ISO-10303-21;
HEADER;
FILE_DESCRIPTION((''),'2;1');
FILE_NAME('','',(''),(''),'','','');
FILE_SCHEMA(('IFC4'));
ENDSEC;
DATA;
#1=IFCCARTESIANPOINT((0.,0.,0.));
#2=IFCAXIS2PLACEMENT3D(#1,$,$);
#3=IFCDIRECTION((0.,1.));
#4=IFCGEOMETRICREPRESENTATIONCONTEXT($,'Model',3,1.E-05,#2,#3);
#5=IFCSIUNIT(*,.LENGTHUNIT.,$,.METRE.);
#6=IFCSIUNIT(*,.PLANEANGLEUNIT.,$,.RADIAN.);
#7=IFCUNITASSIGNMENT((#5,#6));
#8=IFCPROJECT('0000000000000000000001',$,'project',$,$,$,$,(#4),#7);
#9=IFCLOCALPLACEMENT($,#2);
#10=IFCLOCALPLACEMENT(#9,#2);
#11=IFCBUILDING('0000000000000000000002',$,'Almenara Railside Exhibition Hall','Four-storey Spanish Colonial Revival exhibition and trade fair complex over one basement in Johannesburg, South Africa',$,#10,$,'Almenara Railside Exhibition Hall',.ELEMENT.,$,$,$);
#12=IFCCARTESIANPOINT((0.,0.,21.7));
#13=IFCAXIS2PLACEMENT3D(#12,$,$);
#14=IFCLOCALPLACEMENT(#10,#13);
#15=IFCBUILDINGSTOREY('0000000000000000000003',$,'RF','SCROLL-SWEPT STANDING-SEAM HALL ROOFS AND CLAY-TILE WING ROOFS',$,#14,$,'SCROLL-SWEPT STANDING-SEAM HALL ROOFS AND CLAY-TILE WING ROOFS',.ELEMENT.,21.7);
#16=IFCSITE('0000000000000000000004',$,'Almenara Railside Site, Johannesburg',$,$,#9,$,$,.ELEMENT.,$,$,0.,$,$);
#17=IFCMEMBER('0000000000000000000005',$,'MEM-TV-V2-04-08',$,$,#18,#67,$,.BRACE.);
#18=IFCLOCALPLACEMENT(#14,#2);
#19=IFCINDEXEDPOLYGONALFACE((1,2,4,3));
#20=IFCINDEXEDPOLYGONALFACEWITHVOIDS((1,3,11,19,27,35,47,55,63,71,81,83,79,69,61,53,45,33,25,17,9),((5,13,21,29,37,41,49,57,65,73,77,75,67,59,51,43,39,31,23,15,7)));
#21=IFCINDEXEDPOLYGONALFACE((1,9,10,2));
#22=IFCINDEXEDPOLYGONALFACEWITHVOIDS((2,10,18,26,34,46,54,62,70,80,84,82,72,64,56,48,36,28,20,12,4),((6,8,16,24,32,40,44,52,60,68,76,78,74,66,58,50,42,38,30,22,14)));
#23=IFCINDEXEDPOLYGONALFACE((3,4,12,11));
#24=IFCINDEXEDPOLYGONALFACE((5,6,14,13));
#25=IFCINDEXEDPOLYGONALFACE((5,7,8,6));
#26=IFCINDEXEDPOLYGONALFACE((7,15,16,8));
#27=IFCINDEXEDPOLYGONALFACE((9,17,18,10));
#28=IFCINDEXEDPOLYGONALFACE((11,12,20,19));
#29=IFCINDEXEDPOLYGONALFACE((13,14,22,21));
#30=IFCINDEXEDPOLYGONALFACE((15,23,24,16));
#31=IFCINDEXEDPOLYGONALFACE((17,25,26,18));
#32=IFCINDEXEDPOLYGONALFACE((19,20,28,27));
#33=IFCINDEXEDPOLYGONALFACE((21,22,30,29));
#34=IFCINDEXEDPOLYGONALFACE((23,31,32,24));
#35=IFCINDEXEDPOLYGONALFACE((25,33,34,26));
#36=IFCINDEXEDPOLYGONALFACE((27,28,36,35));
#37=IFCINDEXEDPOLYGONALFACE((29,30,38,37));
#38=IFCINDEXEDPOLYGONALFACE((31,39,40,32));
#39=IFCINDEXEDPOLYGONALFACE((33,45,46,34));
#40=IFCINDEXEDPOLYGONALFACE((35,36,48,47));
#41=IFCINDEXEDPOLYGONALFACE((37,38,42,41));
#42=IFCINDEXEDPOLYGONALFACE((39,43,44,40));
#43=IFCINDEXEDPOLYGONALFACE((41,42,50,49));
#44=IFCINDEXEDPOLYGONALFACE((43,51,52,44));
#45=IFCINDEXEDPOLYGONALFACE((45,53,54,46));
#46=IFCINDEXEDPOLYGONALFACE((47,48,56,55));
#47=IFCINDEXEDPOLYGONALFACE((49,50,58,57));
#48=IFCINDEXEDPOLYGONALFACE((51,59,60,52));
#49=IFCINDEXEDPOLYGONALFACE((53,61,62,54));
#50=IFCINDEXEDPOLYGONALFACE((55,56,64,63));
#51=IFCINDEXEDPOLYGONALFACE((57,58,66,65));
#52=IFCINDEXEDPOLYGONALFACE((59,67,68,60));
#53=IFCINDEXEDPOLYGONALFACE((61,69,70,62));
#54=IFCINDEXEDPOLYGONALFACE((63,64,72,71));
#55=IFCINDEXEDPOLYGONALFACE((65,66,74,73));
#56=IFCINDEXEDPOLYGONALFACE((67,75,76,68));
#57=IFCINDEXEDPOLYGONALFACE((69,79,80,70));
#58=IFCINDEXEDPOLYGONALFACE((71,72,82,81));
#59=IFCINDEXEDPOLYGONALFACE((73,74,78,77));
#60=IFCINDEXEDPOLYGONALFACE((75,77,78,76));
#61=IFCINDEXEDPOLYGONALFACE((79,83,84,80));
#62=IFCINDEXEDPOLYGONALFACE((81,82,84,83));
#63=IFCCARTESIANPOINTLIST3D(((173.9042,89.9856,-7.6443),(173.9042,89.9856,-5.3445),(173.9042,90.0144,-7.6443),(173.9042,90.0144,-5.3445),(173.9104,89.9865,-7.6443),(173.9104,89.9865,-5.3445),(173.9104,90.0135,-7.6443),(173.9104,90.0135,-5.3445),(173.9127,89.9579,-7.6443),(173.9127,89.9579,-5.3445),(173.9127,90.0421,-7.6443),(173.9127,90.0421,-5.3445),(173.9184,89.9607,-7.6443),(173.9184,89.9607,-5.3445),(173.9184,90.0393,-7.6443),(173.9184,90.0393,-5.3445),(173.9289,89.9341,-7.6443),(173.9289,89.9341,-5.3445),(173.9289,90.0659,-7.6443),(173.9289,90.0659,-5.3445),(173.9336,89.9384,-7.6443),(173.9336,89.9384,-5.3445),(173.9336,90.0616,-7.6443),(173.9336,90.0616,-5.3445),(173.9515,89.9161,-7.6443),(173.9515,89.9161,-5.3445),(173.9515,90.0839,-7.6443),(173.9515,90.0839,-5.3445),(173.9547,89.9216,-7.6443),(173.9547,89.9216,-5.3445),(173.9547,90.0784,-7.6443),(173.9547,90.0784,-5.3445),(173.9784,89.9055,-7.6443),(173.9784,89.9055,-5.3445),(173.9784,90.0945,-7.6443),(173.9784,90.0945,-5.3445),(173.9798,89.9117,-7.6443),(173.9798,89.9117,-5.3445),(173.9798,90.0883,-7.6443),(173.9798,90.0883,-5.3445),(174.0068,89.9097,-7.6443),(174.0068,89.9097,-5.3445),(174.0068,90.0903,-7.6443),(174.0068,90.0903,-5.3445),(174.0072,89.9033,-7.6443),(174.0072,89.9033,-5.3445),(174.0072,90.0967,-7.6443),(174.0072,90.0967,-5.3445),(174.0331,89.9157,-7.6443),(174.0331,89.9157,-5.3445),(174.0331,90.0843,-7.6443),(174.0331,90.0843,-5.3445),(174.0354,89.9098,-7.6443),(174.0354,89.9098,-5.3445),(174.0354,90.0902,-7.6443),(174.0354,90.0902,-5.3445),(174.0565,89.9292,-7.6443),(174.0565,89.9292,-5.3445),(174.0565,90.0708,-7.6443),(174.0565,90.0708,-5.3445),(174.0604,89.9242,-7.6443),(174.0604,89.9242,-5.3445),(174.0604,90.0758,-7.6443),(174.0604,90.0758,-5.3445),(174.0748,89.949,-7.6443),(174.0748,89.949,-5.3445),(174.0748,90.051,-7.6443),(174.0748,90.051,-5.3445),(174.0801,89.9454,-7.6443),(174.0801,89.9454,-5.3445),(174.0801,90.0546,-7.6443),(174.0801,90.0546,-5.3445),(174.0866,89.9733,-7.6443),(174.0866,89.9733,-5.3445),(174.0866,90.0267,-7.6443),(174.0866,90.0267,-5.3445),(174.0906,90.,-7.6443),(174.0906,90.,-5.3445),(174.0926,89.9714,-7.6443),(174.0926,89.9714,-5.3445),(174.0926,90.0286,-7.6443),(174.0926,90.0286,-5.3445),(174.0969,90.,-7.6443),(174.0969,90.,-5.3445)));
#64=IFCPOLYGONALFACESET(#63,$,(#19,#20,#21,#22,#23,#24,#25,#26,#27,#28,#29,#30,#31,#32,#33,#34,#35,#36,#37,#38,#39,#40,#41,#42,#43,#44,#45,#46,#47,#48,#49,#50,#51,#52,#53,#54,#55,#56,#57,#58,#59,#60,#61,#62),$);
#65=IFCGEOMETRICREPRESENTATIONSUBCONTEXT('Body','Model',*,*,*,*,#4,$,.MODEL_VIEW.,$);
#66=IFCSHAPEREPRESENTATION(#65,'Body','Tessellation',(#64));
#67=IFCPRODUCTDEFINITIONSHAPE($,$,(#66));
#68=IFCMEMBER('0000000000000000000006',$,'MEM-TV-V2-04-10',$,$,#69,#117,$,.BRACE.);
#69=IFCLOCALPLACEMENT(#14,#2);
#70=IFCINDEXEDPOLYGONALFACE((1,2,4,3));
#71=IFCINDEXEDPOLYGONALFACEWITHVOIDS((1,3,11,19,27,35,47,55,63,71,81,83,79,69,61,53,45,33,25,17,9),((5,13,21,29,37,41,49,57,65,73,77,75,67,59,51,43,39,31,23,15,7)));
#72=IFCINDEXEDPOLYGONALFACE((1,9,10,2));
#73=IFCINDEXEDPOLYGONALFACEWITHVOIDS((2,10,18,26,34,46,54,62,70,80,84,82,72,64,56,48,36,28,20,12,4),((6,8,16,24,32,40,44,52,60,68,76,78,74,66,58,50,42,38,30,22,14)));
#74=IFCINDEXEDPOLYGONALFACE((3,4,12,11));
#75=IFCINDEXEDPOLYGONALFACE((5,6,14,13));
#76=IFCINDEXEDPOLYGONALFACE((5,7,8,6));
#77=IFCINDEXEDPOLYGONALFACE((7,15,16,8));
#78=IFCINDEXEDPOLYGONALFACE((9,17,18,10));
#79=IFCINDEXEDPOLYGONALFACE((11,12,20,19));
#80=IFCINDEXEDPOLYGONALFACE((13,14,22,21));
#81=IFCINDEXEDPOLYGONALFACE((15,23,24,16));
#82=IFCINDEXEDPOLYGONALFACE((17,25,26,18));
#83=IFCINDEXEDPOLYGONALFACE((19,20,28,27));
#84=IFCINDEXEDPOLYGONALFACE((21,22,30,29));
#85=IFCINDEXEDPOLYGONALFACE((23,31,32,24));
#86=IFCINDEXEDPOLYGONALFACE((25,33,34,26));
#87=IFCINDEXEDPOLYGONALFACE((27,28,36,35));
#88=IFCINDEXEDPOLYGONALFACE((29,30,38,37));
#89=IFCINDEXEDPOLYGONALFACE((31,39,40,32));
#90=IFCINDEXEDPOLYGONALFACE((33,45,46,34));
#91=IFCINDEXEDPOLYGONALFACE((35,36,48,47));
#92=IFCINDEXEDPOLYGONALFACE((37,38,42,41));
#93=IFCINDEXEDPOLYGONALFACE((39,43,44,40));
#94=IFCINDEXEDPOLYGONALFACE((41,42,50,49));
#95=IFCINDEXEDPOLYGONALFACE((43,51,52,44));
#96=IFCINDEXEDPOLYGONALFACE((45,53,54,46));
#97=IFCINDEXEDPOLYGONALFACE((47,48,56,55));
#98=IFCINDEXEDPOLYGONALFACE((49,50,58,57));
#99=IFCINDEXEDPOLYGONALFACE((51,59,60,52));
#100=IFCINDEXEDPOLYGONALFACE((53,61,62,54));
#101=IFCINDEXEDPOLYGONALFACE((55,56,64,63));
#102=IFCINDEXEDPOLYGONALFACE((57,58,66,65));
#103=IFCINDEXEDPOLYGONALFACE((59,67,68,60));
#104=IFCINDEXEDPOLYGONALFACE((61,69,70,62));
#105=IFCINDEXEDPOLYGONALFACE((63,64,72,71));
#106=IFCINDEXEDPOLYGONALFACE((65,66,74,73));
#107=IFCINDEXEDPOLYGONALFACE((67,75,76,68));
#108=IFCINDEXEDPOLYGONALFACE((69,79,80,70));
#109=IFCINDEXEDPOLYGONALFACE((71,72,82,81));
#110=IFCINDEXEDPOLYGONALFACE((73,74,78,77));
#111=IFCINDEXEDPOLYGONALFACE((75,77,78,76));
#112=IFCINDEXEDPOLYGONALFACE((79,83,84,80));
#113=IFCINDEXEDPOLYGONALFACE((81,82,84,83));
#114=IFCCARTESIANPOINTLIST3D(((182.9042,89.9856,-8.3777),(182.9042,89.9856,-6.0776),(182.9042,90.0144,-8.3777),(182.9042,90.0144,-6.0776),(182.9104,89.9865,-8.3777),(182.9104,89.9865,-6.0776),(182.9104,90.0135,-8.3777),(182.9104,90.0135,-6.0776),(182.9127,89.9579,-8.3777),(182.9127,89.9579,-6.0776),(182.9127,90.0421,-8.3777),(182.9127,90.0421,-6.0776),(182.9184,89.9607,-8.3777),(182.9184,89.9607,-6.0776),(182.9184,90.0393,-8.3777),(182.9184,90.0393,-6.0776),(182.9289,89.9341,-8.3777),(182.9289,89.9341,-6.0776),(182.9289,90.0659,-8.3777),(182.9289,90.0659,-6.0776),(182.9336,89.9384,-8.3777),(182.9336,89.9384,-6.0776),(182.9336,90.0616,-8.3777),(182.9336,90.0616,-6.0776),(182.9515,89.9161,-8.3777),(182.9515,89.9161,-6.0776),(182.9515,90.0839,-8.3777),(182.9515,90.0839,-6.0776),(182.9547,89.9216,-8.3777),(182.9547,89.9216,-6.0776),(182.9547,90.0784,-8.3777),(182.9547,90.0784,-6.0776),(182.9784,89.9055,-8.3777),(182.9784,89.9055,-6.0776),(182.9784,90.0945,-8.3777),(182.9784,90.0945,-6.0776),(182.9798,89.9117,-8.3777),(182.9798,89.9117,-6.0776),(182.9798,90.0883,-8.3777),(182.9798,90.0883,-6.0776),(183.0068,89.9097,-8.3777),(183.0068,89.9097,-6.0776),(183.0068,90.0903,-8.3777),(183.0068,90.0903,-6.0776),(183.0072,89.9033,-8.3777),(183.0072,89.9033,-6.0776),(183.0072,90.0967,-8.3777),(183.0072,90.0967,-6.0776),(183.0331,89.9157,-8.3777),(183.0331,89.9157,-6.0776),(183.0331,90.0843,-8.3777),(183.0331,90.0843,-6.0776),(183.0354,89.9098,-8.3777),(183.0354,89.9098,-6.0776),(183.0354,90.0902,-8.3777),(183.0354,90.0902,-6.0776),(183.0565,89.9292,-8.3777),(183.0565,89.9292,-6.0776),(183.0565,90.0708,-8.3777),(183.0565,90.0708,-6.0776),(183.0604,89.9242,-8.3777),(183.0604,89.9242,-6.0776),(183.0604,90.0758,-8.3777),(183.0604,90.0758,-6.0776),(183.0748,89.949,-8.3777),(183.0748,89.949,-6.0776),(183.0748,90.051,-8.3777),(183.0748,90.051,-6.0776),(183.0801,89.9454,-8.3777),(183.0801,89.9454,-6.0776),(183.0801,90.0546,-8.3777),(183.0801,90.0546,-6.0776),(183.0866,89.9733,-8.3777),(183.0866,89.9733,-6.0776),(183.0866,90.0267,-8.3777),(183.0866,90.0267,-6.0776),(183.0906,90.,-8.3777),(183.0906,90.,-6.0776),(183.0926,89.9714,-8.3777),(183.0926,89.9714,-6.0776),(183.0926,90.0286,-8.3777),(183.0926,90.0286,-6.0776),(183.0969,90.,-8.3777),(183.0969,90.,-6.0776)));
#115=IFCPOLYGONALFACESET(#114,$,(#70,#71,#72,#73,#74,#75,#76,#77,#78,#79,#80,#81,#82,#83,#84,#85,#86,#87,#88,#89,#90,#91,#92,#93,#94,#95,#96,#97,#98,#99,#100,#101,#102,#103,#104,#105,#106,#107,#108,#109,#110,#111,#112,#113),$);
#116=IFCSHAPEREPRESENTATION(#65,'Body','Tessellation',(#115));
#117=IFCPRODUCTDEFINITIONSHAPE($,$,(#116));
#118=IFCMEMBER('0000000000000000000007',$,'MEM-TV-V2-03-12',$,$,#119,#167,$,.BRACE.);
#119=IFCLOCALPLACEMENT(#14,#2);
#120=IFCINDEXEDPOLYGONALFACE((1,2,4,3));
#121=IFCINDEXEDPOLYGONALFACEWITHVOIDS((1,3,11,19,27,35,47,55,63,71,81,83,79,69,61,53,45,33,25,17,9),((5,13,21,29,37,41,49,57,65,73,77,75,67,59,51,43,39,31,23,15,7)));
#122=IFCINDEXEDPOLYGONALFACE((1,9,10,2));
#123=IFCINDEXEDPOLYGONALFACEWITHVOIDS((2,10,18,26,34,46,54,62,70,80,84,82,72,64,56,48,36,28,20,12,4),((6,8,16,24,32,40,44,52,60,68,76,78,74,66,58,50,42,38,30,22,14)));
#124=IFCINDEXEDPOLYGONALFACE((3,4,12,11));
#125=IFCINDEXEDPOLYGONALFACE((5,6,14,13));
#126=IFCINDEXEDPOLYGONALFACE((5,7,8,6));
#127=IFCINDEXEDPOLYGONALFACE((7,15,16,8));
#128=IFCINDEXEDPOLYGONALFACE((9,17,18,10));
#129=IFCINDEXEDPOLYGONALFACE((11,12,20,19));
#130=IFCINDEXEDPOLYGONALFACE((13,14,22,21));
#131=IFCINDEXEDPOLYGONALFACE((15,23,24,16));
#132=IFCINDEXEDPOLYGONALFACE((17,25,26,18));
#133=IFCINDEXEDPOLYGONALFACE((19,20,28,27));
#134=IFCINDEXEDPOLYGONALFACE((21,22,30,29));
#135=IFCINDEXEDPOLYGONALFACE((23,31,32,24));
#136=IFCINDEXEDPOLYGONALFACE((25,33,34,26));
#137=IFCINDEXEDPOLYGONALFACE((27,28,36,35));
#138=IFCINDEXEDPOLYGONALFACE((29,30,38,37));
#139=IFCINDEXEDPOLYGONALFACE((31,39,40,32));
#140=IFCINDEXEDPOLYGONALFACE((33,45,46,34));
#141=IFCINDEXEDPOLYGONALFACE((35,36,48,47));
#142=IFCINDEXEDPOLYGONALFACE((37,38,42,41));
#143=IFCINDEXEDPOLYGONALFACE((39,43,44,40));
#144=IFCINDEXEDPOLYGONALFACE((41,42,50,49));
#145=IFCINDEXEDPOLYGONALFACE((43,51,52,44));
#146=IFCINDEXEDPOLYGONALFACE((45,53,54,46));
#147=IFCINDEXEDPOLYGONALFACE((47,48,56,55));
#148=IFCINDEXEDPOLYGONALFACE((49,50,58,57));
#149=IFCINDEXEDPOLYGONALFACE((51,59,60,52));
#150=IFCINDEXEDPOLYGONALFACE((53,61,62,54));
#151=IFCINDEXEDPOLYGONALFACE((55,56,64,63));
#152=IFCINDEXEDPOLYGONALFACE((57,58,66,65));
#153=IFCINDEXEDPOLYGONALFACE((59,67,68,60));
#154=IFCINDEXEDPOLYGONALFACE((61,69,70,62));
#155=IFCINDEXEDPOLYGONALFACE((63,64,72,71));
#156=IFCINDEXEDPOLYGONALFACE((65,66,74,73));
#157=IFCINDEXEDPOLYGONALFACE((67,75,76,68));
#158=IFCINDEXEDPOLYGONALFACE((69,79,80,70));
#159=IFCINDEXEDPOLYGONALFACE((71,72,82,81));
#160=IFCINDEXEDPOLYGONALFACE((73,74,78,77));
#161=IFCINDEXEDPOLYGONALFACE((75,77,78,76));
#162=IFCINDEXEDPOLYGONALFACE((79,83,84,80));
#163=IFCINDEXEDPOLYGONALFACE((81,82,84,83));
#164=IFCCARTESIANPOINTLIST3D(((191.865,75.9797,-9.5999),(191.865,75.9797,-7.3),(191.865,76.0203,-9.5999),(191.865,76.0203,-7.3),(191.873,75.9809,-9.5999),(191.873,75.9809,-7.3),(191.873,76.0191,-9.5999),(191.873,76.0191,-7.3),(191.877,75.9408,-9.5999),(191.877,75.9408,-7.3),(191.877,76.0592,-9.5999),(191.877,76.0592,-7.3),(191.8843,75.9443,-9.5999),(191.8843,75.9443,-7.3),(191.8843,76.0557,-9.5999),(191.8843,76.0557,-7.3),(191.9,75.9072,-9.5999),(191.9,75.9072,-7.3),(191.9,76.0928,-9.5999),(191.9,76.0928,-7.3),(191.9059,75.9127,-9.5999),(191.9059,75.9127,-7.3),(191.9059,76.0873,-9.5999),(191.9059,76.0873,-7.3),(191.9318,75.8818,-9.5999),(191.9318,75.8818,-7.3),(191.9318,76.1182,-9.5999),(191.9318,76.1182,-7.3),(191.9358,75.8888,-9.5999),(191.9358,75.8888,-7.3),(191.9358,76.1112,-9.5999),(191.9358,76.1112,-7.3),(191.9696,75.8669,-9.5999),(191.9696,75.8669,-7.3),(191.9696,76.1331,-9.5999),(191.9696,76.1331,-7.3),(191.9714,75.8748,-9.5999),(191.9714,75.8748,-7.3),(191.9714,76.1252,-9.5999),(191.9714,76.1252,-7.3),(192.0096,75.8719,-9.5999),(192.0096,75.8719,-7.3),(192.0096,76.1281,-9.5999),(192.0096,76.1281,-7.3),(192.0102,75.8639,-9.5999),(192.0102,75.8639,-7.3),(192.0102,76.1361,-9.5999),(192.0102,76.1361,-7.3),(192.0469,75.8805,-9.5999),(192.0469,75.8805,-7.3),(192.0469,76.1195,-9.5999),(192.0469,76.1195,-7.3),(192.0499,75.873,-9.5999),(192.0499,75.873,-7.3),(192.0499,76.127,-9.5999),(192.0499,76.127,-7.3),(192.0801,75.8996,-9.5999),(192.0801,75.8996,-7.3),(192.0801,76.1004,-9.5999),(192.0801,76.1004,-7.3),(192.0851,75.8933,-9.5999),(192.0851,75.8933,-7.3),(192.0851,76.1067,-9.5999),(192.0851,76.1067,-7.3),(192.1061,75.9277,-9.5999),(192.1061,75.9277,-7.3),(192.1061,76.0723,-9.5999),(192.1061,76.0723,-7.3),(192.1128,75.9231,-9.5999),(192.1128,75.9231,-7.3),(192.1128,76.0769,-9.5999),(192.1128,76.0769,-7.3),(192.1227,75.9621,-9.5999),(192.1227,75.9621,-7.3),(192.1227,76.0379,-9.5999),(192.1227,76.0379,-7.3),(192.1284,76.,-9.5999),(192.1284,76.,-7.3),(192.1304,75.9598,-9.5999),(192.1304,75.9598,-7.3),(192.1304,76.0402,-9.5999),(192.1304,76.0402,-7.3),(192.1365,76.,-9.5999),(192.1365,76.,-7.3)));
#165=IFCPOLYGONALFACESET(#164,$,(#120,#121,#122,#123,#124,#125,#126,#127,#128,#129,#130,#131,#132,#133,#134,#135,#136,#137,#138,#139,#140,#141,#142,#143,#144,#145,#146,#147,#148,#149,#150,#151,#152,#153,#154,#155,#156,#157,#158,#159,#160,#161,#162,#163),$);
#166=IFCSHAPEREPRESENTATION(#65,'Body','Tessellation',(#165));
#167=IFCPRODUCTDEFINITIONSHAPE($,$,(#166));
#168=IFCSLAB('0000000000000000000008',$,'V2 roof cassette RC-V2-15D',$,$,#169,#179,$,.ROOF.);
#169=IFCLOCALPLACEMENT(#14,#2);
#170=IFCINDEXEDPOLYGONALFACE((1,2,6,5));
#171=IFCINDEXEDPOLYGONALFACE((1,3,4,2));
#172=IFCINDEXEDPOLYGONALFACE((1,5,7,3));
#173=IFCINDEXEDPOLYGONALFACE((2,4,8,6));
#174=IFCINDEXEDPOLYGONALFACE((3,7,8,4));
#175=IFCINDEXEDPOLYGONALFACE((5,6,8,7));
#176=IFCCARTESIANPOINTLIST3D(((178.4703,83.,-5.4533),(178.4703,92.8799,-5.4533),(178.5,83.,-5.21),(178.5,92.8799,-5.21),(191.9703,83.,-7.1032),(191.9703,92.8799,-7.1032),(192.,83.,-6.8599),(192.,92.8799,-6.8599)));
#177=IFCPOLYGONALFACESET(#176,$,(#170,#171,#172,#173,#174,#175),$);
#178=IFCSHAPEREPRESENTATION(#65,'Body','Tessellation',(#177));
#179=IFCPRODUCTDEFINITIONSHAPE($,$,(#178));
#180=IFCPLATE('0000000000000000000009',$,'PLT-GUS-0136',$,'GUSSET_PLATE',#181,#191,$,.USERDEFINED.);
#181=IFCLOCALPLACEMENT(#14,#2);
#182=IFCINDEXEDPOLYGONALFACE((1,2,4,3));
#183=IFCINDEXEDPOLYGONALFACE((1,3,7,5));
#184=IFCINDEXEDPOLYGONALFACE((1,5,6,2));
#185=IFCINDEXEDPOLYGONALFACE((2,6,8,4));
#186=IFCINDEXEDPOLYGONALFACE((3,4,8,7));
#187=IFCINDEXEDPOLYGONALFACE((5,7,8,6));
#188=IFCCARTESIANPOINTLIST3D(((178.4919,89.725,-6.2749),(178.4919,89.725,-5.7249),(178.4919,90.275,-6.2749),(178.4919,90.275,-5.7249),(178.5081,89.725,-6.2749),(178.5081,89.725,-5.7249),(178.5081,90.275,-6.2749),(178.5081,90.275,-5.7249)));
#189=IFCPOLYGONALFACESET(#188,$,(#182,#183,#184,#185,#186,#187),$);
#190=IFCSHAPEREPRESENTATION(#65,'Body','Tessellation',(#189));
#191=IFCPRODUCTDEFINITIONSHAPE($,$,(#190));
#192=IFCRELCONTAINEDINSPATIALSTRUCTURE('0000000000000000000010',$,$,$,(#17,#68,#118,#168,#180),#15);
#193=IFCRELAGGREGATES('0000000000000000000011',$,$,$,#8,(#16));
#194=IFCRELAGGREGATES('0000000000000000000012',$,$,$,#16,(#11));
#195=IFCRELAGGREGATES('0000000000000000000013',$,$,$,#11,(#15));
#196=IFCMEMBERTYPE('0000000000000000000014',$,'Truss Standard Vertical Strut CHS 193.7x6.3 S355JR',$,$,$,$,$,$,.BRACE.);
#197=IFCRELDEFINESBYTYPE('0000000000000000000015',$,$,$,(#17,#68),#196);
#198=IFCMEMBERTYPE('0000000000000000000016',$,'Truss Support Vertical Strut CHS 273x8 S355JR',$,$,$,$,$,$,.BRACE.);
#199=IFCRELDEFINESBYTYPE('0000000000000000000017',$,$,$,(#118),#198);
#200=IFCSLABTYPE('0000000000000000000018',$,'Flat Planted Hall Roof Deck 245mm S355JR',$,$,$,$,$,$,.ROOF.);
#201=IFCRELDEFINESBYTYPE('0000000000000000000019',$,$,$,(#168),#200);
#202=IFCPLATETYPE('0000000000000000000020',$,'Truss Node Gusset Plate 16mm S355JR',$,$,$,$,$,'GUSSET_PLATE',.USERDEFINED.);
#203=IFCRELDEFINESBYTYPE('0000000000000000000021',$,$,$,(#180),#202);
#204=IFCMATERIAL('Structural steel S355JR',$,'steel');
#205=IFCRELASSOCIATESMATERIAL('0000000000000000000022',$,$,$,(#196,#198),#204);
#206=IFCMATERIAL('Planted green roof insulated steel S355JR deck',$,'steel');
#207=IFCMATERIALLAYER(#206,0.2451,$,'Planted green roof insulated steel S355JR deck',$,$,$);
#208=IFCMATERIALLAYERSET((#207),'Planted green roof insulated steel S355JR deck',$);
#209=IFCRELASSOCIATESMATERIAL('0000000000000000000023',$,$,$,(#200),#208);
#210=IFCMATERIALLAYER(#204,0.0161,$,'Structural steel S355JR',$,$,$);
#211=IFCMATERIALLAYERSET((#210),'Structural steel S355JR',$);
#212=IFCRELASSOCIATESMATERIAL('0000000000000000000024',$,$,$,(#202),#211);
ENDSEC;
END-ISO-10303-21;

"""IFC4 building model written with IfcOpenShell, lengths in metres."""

from ifc_helpers import new_model, si_unit, direction, frame, origin, origin_2d, place, context, subcontext, project, spatial, polyline, rectangle, hollow_circle, outline, extrude, material, layer, layer_set, material_profile, profile_set, type_object, element, save


model = new_model("IFC4")

# Units and contexts
model_context = context("Model", 3, precision=1e-05, world=origin(), true_north=direction((0.0, 1.0)))
body_context = subcontext(model_context, "Body", "Model", "MODEL_VIEW")
ifc_project = project(units=[si_unit("LENGTHUNIT", "METRE"), si_unit("PLANEANGLEUNIT", "RADIAN")], contexts=[model_context])

# Site, building, storey
site_placement = place(None, origin())
site = spatial("IfcSite", under=ifc_project, at=site_placement, Name="Almenara Railside Site, Johannesburg", CompositionType="ELEMENT", RefElevation=0.0)
building_placement = place(site_placement, origin())
building = spatial("IfcBuilding", under=site, at=building_placement, Name="Almenara Railside Exhibition Hall", Description="Four-storey Spanish Colonial Revival exhibition and trade fair complex over one basement in Johannesburg, South Africa", LongName="Almenara Railside Exhibition Hall", CompositionType="ELEMENT")
storey_placement = place(building_placement, frame((0.0, 0.0, 21.7)))
storey = spatial("IfcBuildingStorey", under=building, at=storey_placement, Name="RF", Description="SCROLL-SWEPT STANDING-SEAM HALL ROOFS AND CLAY-TILE WING ROOFS", LongName="SCROLL-SWEPT STANDING-SEAM HALL ROOFS AND CLAY-TILE WING ROOFS", CompositionType="ELEMENT", Elevation=21.7)

# Shared definitions
ifc_material_1 = material(Name="Structural steel S355JR", Category="steel")

# Members
ifc_material_profile_1 = material_profile(ifc_material_1, hollow_circle(Radius=0.0969, WallThickness=0.0063, at=origin_2d()), Name="CHS 193.7x6.3")
ifc_profile_set_1 = profile_set([ifc_material_profile_1], Name="Structural steel S355JR")
member_type_1 = type_object("IfcMemberType", Name="Truss Standard Vertical Strut CHS 193.7x6.3 S355JR", PredefinedType="BRACE", material=ifc_profile_set_1)
member_1_placement = place(storey_placement, frame((174.0, 90.0, -7.6443), z_axis=(0.0, 0.0, 1.0), x_axis=(1.0, 0.0, 0.0)))
element("IfcMember", 1, at=member_1_placement, inside=storey, type_object=member_type_1, Name="MEM-TV-V2-04-08", PredefinedType="BRACE", context=body_context, shape_type="SweptSolid", body=[
    extrude(hollow_circle(Radius=0.0969, WallThickness=0.0063, at=origin_2d()), origin(), (0.0, 0.0, 1.0), 2.2998),
])
member_2_placement = place(storey_placement, frame((183.0, 90.0, -8.3777), z_axis=(0.0, 0.0, 1.0), x_axis=(1.0, 0.0, 0.0)))
element("IfcMember", 2, at=member_2_placement, inside=storey, type_object=member_type_1, Name="MEM-TV-V2-04-10", PredefinedType="BRACE", context=body_context, shape_type="SweptSolid", body=[
    extrude(hollow_circle(Radius=0.0969, WallThickness=0.0063, at=origin_2d()), origin(), (0.0, 0.0, 1.0), 2.3),
])
ifc_material_profile_2 = material_profile(ifc_material_1, hollow_circle(Radius=0.1365, WallThickness=0.0081, at=origin_2d()), Name="CHS 273x8")
ifc_profile_set_2 = profile_set([ifc_material_profile_2], Name="Structural steel S355JR")
member_type_2 = type_object("IfcMemberType", Name="Truss Support Vertical Strut CHS 273x8 S355JR", PredefinedType="BRACE", material=ifc_profile_set_2)
member_3_placement = place(storey_placement, frame((192.0, 76.0, -9.5999), z_axis=(0.0, 0.0, 1.0), x_axis=(1.0, 0.0, 0.0)))
element("IfcMember", 3, at=member_3_placement, inside=storey, type_object=member_type_2, Name="MEM-TV-V2-03-12", PredefinedType="BRACE", context=body_context, shape_type="SweptSolid", body=[
    extrude(hollow_circle(Radius=0.1365, WallThickness=0.0081, at=origin_2d()), origin(), (0.0, 0.0, 1.0), 2.2998),
])

# Slab
ifc_material_2 = material(Name="Planted green roof insulated steel S355JR deck", Category="steel")
ifc_layer_1 = layer(ifc_material_2, 0.2451, Name="Planted green roof insulated steel S355JR deck")
ifc_layer_set_1 = layer_set([ifc_layer_1], Name="Planted green roof insulated steel S355JR deck")
slab_type = type_object("IfcSlabType", Name="Flat Planted Hall Roof Deck 245mm S355JR", PredefinedType="ROOF", material=ifc_layer_set_1)
slab_placement = place(storey_placement, frame((178.5, 83.0, -5.21), z_axis=(0.121312, 0.0, 0.992614), x_axis=(0.992614, 0.0, -0.121312)))
element("IfcSlab", 4, at=slab_placement, inside=storey, type_object=slab_type, Name="V2 roof cassette RC-V2-15D", PredefinedType="ROOF", context=body_context, shape_type="SweptSolid", body=[
    extrude(outline(polyline([(0.0, 0.0), (13.6004, 0.0), (13.6004, 9.8799), (0.0, 9.8799), (0.0, 0.0)])), origin(), (0.0, 0.0, -1.0), 0.2451),
])

# Plate
ifc_layer_2 = layer(ifc_material_1, 0.0161, Name="Structural steel S355JR")
ifc_layer_set_2 = layer_set([ifc_layer_2], Name="Structural steel S355JR")
plate_type_1 = type_object("IfcPlateType", Name="Truss Node Gusset Plate 16mm S355JR", ElementType="GUSSET_PLATE", PredefinedType="USERDEFINED", material=ifc_layer_set_2)
plate_1_placement = place(storey_placement, frame((178.5, 90.0, -6.2749), z_axis=(0.0, 0.0, 1.0), x_axis=(0.0, 1.0, 0.0)))
element("IfcPlate", 5, at=plate_1_placement, inside=storey, type_object=plate_type_1, Name="PLT-GUS-0136", ObjectType="GUSSET_PLATE", PredefinedType="USERDEFINED", context=body_context, shape_type="SweptSolid", body=[
    extrude(rectangle(XDim=0.55, YDim=0.0161, at=origin_2d()), origin(), (0.0, 0.0, 1.0), 0.55),
])

save(model, "model.ifc")
